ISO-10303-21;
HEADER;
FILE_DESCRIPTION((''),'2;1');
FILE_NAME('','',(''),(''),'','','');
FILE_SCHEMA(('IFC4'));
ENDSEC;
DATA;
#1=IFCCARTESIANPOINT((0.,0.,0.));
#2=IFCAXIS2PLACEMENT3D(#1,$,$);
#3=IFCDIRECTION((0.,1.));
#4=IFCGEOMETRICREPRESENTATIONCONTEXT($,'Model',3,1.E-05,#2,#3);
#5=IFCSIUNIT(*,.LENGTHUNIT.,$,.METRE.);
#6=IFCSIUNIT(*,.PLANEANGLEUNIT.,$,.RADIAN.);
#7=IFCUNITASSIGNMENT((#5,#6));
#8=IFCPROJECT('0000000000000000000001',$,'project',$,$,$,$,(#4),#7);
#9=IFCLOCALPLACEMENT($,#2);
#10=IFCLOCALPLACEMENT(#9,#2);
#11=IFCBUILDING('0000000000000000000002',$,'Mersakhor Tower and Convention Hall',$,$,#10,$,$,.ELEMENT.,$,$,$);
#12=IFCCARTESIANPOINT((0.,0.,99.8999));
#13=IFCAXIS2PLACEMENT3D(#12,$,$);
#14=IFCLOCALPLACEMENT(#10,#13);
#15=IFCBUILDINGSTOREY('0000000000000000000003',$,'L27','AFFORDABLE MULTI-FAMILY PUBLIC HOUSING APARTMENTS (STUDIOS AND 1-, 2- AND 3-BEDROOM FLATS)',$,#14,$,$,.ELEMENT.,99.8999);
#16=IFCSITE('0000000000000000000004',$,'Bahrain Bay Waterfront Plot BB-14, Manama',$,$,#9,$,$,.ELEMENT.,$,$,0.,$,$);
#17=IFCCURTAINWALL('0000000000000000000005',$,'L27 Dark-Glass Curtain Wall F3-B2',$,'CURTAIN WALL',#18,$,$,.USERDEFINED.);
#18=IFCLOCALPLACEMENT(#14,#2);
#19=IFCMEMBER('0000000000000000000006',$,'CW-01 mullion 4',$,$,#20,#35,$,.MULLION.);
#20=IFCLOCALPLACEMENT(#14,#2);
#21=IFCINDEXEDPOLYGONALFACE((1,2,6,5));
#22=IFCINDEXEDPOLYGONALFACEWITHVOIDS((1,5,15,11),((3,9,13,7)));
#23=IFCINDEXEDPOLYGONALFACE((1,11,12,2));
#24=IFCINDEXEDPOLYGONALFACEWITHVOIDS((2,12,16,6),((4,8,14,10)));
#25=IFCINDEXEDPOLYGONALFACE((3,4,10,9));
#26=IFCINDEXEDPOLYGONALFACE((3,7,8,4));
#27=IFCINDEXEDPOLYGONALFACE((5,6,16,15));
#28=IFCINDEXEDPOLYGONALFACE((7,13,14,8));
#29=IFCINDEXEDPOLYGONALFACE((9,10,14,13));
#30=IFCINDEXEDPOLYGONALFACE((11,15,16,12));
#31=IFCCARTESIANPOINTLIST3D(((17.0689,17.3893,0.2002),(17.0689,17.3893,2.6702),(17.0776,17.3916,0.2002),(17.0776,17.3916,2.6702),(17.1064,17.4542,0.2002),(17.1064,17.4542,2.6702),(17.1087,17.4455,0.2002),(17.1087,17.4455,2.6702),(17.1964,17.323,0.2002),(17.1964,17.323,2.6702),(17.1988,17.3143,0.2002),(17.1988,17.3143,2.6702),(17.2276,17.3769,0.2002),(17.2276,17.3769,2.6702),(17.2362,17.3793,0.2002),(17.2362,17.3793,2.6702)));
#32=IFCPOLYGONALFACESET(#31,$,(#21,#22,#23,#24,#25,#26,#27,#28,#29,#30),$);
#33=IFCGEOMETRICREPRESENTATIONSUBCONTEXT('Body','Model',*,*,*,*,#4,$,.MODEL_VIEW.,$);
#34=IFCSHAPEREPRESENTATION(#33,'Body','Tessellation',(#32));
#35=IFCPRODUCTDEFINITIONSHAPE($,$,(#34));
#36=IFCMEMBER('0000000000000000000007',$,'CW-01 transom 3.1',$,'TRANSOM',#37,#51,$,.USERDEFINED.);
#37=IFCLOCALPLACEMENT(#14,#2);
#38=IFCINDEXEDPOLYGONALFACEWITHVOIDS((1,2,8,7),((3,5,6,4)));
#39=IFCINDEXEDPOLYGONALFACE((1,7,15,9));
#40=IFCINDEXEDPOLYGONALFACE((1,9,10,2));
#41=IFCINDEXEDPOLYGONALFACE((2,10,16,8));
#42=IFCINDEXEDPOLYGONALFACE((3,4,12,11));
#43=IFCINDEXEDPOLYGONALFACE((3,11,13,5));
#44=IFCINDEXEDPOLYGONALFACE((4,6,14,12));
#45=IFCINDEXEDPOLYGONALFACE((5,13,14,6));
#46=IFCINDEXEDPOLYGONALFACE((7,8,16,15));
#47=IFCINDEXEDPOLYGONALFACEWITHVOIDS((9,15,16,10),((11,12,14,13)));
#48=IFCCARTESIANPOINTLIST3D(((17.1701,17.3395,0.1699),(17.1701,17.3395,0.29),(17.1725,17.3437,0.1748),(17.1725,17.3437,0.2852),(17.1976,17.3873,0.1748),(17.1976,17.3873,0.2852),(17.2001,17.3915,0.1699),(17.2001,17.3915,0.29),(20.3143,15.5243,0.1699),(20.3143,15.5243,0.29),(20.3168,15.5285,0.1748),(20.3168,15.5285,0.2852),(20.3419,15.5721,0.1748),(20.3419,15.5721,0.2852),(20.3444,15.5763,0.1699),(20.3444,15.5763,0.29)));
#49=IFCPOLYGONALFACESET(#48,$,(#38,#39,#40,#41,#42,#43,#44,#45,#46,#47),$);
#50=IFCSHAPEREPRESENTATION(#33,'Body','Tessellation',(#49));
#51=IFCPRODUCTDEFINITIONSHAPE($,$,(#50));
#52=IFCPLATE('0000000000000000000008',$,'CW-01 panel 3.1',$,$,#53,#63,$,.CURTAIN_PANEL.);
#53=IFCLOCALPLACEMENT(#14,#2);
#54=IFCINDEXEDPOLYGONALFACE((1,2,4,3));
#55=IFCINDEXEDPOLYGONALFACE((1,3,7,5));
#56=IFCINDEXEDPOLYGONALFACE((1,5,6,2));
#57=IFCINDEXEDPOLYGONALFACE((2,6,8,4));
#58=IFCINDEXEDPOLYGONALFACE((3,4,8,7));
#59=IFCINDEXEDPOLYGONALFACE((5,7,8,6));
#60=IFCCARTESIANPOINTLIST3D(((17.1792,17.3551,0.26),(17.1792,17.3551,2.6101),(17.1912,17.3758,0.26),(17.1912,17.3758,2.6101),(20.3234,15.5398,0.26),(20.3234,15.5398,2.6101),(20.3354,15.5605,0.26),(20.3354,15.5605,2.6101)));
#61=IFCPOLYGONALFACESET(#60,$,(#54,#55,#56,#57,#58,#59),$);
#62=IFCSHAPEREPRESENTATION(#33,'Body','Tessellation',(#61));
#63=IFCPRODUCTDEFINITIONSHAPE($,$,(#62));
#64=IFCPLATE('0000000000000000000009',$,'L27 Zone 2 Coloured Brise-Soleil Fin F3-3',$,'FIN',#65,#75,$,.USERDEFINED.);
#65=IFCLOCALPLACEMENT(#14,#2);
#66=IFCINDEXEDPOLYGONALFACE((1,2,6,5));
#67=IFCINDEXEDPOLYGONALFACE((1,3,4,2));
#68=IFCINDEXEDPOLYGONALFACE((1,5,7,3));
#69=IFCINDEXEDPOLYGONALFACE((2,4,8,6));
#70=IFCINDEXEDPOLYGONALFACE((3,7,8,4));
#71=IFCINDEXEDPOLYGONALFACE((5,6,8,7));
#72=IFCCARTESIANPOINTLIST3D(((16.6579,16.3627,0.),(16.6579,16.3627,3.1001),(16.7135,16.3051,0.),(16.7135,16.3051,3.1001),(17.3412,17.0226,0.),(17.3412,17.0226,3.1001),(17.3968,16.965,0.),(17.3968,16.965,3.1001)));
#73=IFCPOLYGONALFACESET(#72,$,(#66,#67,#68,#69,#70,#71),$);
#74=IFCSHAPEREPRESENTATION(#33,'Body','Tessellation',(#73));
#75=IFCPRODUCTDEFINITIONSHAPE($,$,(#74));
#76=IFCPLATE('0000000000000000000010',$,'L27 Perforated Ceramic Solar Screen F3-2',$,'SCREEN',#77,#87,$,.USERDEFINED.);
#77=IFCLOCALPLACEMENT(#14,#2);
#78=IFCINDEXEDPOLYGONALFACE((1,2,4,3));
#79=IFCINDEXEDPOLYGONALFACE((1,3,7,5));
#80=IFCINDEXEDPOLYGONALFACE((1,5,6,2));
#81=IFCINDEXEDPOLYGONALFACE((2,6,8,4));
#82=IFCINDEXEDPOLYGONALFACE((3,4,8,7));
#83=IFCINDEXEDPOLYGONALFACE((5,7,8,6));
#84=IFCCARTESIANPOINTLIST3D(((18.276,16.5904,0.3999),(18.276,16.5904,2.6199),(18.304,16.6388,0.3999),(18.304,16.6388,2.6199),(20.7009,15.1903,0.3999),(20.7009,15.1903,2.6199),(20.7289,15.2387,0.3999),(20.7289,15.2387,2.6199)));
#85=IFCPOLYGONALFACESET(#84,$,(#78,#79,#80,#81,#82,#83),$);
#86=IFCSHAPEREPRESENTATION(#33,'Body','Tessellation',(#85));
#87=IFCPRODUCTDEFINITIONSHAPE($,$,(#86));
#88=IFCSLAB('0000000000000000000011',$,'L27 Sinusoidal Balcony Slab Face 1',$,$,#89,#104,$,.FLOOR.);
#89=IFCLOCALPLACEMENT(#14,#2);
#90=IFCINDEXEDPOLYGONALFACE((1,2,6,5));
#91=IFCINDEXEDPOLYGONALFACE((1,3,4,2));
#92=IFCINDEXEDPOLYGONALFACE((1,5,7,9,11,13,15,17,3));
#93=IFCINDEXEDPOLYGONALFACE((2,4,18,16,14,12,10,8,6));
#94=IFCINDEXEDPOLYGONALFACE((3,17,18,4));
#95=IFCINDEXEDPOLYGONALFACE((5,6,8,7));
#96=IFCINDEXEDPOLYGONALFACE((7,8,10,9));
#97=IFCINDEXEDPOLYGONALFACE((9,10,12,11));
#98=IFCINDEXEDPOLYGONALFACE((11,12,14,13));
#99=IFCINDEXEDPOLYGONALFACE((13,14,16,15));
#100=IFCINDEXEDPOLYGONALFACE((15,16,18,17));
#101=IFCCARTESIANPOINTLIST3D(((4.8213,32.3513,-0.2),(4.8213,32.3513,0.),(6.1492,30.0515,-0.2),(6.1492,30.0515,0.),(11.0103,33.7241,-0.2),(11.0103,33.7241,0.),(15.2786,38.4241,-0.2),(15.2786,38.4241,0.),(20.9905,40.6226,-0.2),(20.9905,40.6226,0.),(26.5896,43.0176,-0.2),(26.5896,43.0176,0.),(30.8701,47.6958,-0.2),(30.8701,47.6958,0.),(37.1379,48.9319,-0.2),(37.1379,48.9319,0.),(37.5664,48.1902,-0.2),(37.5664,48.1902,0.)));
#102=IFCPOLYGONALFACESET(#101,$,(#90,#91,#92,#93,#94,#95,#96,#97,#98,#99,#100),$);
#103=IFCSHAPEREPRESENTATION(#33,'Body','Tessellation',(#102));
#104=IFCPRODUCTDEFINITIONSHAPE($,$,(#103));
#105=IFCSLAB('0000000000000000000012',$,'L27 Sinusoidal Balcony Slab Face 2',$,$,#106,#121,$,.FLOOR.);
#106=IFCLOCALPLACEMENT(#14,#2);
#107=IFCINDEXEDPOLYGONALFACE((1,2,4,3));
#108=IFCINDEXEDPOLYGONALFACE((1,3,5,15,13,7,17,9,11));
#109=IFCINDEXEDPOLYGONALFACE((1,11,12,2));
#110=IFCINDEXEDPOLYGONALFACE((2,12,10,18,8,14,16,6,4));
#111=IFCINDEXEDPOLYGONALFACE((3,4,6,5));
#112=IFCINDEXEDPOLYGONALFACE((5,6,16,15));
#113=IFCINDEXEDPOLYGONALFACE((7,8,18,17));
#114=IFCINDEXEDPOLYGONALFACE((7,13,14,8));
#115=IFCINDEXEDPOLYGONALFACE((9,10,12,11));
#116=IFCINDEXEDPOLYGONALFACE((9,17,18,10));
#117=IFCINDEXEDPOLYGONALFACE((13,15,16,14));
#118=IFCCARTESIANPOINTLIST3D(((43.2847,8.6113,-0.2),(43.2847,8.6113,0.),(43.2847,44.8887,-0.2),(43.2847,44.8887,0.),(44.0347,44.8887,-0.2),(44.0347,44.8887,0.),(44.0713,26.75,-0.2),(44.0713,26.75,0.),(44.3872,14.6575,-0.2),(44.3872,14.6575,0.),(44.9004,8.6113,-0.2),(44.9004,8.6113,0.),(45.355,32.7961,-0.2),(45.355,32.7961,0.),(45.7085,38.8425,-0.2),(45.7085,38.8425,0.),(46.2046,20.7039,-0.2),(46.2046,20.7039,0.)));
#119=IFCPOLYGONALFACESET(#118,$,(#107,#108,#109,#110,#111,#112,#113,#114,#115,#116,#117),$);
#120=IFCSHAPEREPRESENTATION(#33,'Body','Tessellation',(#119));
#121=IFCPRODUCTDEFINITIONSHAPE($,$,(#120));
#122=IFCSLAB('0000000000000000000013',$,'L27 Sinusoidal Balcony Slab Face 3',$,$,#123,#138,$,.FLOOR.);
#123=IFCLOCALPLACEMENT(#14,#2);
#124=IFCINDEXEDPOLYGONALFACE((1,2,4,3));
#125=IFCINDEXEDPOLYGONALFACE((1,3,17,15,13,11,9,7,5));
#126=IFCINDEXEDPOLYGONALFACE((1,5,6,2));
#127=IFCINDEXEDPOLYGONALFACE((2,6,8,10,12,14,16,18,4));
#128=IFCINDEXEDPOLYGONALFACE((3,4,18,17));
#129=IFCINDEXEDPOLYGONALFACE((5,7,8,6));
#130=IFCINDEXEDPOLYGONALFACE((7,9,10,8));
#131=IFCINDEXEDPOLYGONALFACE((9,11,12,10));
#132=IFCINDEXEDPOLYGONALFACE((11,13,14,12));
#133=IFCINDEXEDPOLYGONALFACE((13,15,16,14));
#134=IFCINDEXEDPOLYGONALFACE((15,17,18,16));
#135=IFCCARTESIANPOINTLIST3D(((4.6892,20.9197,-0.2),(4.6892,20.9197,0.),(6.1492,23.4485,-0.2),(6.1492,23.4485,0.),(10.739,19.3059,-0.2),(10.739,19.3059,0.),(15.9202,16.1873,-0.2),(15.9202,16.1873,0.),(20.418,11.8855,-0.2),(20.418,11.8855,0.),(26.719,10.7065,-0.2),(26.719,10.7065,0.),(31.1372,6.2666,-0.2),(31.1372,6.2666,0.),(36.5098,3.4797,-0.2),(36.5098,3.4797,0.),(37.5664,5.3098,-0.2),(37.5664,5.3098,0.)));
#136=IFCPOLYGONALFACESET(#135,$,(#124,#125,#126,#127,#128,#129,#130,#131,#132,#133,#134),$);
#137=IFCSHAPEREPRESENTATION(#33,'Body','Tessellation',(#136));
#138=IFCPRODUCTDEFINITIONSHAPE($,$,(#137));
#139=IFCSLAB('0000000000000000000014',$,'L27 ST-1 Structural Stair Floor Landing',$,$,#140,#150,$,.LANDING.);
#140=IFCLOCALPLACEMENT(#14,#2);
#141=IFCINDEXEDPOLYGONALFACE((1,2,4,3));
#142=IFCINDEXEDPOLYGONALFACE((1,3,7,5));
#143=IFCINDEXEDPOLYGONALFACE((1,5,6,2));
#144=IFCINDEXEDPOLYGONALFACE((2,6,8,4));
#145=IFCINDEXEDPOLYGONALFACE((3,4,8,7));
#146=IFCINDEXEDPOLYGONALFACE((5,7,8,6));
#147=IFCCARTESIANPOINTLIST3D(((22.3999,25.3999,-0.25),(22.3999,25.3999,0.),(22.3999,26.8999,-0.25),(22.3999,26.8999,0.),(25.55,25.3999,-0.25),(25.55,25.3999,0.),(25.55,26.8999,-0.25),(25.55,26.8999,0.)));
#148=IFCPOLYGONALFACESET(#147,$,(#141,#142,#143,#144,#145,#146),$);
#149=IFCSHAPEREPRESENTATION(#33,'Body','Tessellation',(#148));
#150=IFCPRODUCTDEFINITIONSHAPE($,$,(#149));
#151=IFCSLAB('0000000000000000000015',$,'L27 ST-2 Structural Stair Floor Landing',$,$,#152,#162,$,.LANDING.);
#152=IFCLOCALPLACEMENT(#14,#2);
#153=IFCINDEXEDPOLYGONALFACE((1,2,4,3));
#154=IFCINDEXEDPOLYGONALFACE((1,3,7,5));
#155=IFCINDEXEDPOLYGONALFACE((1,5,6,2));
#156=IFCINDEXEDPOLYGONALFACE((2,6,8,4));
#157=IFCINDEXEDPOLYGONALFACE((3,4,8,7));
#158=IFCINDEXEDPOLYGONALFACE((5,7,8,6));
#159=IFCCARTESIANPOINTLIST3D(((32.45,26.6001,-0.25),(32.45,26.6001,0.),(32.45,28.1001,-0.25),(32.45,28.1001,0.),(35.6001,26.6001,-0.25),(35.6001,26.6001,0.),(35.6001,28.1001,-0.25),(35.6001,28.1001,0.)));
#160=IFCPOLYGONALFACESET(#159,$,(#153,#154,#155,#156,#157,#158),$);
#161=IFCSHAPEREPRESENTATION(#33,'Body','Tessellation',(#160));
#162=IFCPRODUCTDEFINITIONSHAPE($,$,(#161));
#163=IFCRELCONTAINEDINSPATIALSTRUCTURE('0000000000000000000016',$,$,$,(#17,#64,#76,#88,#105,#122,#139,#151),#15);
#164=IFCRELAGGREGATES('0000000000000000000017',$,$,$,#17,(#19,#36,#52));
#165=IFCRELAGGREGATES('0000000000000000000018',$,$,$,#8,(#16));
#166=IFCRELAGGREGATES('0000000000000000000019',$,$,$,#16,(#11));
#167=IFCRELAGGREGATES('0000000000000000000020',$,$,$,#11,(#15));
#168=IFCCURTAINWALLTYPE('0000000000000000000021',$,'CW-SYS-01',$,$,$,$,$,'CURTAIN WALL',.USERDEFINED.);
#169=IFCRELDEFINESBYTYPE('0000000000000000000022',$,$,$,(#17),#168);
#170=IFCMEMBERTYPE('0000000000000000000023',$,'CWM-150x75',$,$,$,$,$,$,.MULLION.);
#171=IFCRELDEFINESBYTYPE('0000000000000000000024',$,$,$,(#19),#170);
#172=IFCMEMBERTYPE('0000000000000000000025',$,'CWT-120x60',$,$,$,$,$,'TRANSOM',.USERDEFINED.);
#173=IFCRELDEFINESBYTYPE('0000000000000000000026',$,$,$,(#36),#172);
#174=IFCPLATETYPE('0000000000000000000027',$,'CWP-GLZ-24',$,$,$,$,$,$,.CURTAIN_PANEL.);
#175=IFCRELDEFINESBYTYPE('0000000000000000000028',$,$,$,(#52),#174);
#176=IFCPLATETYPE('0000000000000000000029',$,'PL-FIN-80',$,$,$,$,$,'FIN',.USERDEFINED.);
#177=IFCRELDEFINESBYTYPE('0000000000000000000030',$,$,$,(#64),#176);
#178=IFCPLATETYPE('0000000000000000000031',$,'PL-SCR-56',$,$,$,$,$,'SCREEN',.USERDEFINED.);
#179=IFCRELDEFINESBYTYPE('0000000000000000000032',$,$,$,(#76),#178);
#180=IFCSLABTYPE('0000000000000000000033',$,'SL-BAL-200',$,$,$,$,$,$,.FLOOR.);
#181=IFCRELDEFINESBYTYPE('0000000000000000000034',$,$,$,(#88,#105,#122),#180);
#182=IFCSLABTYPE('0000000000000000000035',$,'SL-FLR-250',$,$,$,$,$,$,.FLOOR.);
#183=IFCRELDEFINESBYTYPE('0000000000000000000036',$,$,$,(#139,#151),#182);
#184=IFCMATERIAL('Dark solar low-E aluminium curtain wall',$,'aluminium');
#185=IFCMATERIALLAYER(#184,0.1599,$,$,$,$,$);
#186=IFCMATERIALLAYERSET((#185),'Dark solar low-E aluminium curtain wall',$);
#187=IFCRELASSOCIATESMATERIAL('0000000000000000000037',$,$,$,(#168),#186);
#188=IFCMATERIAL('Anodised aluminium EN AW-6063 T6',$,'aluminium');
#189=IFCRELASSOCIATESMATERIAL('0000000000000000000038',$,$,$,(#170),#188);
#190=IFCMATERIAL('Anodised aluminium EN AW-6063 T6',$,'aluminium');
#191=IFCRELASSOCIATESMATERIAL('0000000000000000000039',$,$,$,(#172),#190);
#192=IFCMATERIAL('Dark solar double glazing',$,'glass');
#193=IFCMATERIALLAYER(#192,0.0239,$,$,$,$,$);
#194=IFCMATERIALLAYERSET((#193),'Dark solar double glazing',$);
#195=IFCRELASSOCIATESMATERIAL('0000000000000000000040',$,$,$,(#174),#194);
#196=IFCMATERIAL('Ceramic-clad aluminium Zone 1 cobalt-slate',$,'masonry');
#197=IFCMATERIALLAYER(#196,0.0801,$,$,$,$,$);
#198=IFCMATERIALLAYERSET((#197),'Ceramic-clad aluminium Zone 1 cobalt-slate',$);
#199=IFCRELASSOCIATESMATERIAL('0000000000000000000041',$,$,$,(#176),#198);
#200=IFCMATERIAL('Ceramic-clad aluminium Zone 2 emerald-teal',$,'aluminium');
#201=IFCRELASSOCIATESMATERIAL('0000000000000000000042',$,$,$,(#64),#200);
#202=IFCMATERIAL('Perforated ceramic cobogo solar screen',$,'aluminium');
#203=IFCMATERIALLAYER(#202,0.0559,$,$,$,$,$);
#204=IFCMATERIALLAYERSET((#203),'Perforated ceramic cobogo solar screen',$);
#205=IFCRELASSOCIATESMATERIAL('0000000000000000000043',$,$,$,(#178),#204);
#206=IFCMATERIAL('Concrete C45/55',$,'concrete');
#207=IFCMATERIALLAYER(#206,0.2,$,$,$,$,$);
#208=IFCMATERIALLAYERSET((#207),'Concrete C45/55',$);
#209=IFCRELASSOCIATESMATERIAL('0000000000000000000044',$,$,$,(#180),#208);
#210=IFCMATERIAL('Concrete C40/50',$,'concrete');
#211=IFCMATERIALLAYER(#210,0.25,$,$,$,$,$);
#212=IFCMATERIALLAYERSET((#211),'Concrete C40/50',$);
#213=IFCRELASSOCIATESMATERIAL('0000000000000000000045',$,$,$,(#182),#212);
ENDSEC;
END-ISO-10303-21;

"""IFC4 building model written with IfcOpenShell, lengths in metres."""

from ifc_helpers import new_model, si_unit, direction, frame, origin, origin_2d, place, context, subcontext, project, spatial, polyline, rectangle, hollow_rectangle, outline, extrude, material, layer, layer_set, material_profile, profile_set, type_object, element, aggregate, save


model = new_model("IFC4")

# Units and contexts
model_context = context("Model", 3, precision=1e-05, world=origin(), true_north=direction((0.0, 1.0)))
body_context = subcontext(model_context, "Body", "Model", "MODEL_VIEW")
ifc_project = project(units=[si_unit("LENGTHUNIT", "METRE"), si_unit("PLANEANGLEUNIT", "RADIAN")], contexts=[model_context])

# Site, building, storey
site_placement = place(None, origin())
site = spatial("IfcSite", under=ifc_project, at=site_placement, Name="Bahrain Bay Waterfront Plot BB-14, Manama", CompositionType="ELEMENT", RefElevation=0.0)
building_placement = place(site_placement, origin())
building = spatial("IfcBuilding", under=site, at=building_placement, Name="Mersakhor Tower and Convention Hall", CompositionType="ELEMENT")
storey_placement = place(building_placement, frame((0.0, 0.0, 99.8999)))
storey = spatial("IfcBuildingStorey", under=building, at=storey_placement, Name="L27", Description="AFFORDABLE MULTI-FAMILY PUBLIC HOUSING APARTMENTS (STUDIOS AND 1-, 2- AND 3-BEDROOM FLATS)", CompositionType="ELEMENT", Elevation=99.8999)

# Curtain wall, members, plate
ifc_material_1 = material(Name="Dark solar low-E aluminium curtain wall", Category="aluminium")
ifc_layer_1 = layer(ifc_material_1, 0.1599)
ifc_layer_set_1 = layer_set([ifc_layer_1], Name="Dark solar low-E aluminium curtain wall")
curtain_wall_type = type_object("IfcCurtainWallType", Name="CW-SYS-01", ElementType="CURTAIN WALL", PredefinedType="USERDEFINED", material=ifc_layer_set_1)
curtain_wall_placement = place(storey_placement, origin())
curtain_wall = element("IfcCurtainWall", 1, at=curtain_wall_placement, inside=storey, type_object=curtain_wall_type, Name="L27 Dark-Glass Curtain Wall F3-B2", ObjectType="CURTAIN WALL", PredefinedType="USERDEFINED")
ifc_material_2 = material(Name="Anodised aluminium EN AW-6063 T6", Category="aluminium")
ifc_material_profile_1 = material_profile(ifc_material_2, hollow_rectangle(XDim=0.075, YDim=0.1499, WallThickness=0.0063, at=origin_2d()), Name="RHS 150x75x6.3")
ifc_profile_set_1 = profile_set([ifc_material_profile_1], Name="Anodised aluminium EN AW-6063 T6")
member_type_1 = type_object("IfcMemberType", Name="CWM-150x75", PredefinedType="MULLION", material=ifc_profile_set_1)
member_1_placement = place(storey_placement, frame((17.1526, 17.3843, 0.2002), z_axis=(0.0, 0.0, 1.0), x_axis=(-0.499998, -0.866027, 0.0)))
member_1 = element("IfcMember", 2, at=member_1_placement, type_object=member_type_1, Name="CW-01 mullion 4", PredefinedType="MULLION", context=body_context, shape_type="SweptSolid", body=[
    extrude(hollow_rectangle(XDim=0.075, YDim=0.1499, WallThickness=0.0063, at=origin_2d()), origin(), (0.0, 0.0, 1.0), 2.47),
])
ifc_material_3 = material(Name="Anodised aluminium EN AW-6063 T6", Category="aluminium")
ifc_material_profile_2 = material_profile(ifc_material_3, hollow_rectangle(XDim=0.0601, YDim=0.1201, WallThickness=0.0049, at=origin_2d()), Name="RHS 120x60x5")
ifc_profile_set_2 = profile_set([ifc_material_profile_2], Name="Anodised aluminium EN AW-6063 T6")
member_type_2 = type_object("IfcMemberType", Name="CWT-120x60", ElementType="TRANSOM", PredefinedType="USERDEFINED", material=ifc_profile_set_2)
member_2_placement = place(storey_placement, frame((20.3293, 15.5503, 0.23), z_axis=(-0.866046, 0.499965, 0.0), x_axis=(-0.499965, -0.866046, 0.0)))
member_2 = element("IfcMember", 3, at=member_2_placement, type_object=member_type_2, Name="CW-01 transom 3.1", ObjectType="TRANSOM", PredefinedType="USERDEFINED", context=body_context, shape_type="SweptSolid", body=[
    extrude(hollow_rectangle(XDim=0.0601, YDim=0.1201, WallThickness=0.0049, at=origin_2d()), origin(), (0.0, 0.0, 1.0), 3.6306),
])
ifc_material_4 = material(Name="Dark solar double glazing", Category="glass")
ifc_layer_2 = layer(ifc_material_4, 0.0239)
ifc_layer_set_2 = layer_set([ifc_layer_2], Name="Dark solar double glazing")
plate_type_1 = type_object("IfcPlateType", Name="CWP-GLZ-24", PredefinedType="CURTAIN_PANEL", material=ifc_layer_set_2)
plate_1_placement = place(storey_placement, frame((18.7573, 16.4578, 0.26), z_axis=(0.0, 0.0, 1.0), x_axis=(-0.866027, 0.499998, 0.0)))
plate_1 = element("IfcPlate", 4, at=plate_1_placement, type_object=plate_type_1, Name="CW-01 panel 3.1", PredefinedType="CURTAIN_PANEL", context=body_context, shape_type="SweptSolid", body=[
    extrude(rectangle(XDim=3.6306, YDim=0.0239, at=origin_2d()), origin(), (0.0, 0.0, 1.0), 2.3501),
])
aggregate(curtain_wall, [member_1, member_2, plate_1])

# Plates
ifc_material_5 = material(Name="Ceramic-clad aluminium Zone 2 emerald-teal", Category="aluminium")
ifc_material_6 = material(Name="Ceramic-clad aluminium Zone 1 cobalt-slate", Category="masonry")
ifc_layer_3 = layer(ifc_material_6, 0.0801)
ifc_layer_set_3 = layer_set([ifc_layer_3], Name="Ceramic-clad aluminium Zone 1 cobalt-slate")
plate_type_2 = type_object("IfcPlateType", Name="PL-FIN-80", ElementType="FIN", PredefinedType="USERDEFINED", material=ifc_layer_set_3)
plate_2_placement = place(storey_placement, frame((17.0273, 16.6638, 0.0), z_axis=(0.0, 0.0, 1.0), x_axis=(-0.71934, -0.694658, 0.0)))
element("IfcPlate", 5, at=plate_2_placement, inside=storey, type_object=plate_type_2, material=ifc_material_5, Name="L27 Zone 2 Coloured Brise-Soleil Fin F3-3", ObjectType="FIN", PredefinedType="USERDEFINED", context=body_context, shape_type="SweptSolid", body=[
    extrude(rectangle(XDim=0.95, YDim=0.0801, at=origin_2d()), origin(), (0.0, 0.0, 1.0), 3.1001),
])
ifc_material_7 = material(Name="Perforated ceramic cobogo solar screen", Category="aluminium")
ifc_layer_4 = layer(ifc_material_7, 0.0559)
ifc_layer_set_4 = layer_set([ifc_layer_4], Name="Perforated ceramic cobogo solar screen")
plate_type_3 = type_object("IfcPlateType", Name="PL-SCR-56", ElementType="SCREEN", PredefinedType="USERDEFINED", material=ifc_layer_set_4)
plate_3_placement = place(storey_placement, frame((19.5024, 15.9146, 0.3999), z_axis=(0.0, 0.0, 1.0), x_axis=(-0.866025, 0.5, 0.0)))
element("IfcPlate", 6, at=plate_3_placement, inside=storey, type_object=plate_type_3, Name="L27 Perforated Ceramic Solar Screen F3-2", ObjectType="SCREEN", PredefinedType="USERDEFINED", context=body_context, shape_type="SweptSolid", body=[
    extrude(rectangle(XDim=2.8, YDim=0.0559, at=origin_2d()), origin(), (0.0, 0.0, 1.0), 2.22),
])

# Slabs
ifc_material_8 = material(Name="Concrete C45/55", Category="concrete")
ifc_layer_5 = layer(ifc_material_8, 0.2)
ifc_layer_set_5 = layer_set([ifc_layer_5], Name="Concrete C45/55")
slab_type_1 = type_object("IfcSlabType", Name="SL-BAL-200", PredefinedType="FLOOR", material=ifc_layer_set_5)
slab_1_placement = place(storey_placement, frame((0.0, 0.0, -0.2)))
element("IfcSlab", 7, at=slab_1_placement, inside=storey, type_object=slab_type_1, Name="L27 Sinusoidal Balcony Slab Face 1", PredefinedType="FLOOR", context=body_context, shape_type="SweptSolid", body=[
    extrude(outline(polyline([(6.1492, 30.0515), (37.5664, 48.1902), (37.1379, 48.9319), (30.8701, 47.6958), (26.5896, 43.0176), (20.9905, 40.6226), (15.2786, 38.4241), (11.0103, 33.7241), (4.8213, 32.3513), (6.1492, 30.0515)])), origin(), (0.0, 0.0, 1.0), 0.2),
])
slab_2_placement = place(storey_placement, frame((0.0, 0.0, -0.2)))
element("IfcSlab", 8, at=slab_2_placement, inside=storey, type_object=slab_type_1, Name="L27 Sinusoidal Balcony Slab Face 2", PredefinedType="FLOOR", context=body_context, shape_type="SweptSolid", body=[
    extrude(outline(polyline([(43.2847, 44.8887), (43.2847, 8.6113), (44.9004, 8.6113), (44.3872, 14.6575), (46.2046, 20.7039), (44.0713, 26.75), (45.355, 32.7961), (45.7085, 38.8425), (44.0347, 44.8887), (43.2847, 44.8887)])), origin(), (0.0, 0.0, 1.0), 0.2),
])
slab_3_placement = place(storey_placement, frame((0.0, 0.0, -0.2)))
element("IfcSlab", 9, at=slab_3_placement, inside=storey, type_object=slab_type_1, Name="L27 Sinusoidal Balcony Slab Face 3", PredefinedType="FLOOR", context=body_context, shape_type="SweptSolid", body=[
    extrude(outline(polyline([(37.5664, 5.3098), (6.1492, 23.4485), (4.6892, 20.9197), (10.739, 19.3059), (15.9202, 16.1873), (20.418, 11.8855), (26.719, 10.7065), (31.1372, 6.2666), (36.5098, 3.4797), (37.5664, 5.3098)])), origin(), (0.0, 0.0, 1.0), 0.2),
])
ifc_material_9 = material(Name="Concrete C40/50", Category="concrete")
ifc_layer_6 = layer(ifc_material_9, 0.25)
ifc_layer_set_6 = layer_set([ifc_layer_6], Name="Concrete C40/50")
slab_type_2 = type_object("IfcSlabType", Name="SL-FLR-250", PredefinedType="FLOOR", material=ifc_layer_set_6)
slab_4_placement = place(storey_placement, frame((0.0, 0.0, -0.25)))
element("IfcSlab", 10, at=slab_4_placement, inside=storey, type_object=slab_type_2, Name="L27 ST-1 Structural Stair Floor Landing", PredefinedType="LANDING", context=body_context, shape_type="SweptSolid", body=[
    extrude(outline(polyline([(25.55, 25.3999), (25.55, 26.8999), (22.3999, 26.8999), (22.3999, 25.3999), (25.55, 25.3999)])), origin(), (0.0, 0.0, 1.0), 0.25),
])
slab_5_placement = place(storey_placement, frame((0.0, 0.0, -0.25)))
element("IfcSlab", 11, at=slab_5_placement, inside=storey, type_object=slab_type_2, Name="L27 ST-2 Structural Stair Floor Landing", PredefinedType="LANDING", context=body_context, shape_type="SweptSolid", body=[
    extrude(outline(polyline([(32.45, 28.1001), (32.45, 26.6001), (35.6001, 26.6001), (35.6001, 28.1001), (32.45, 28.1001)])), origin(), (0.0, 0.0, 1.0), 0.25),
])

save(model, "model.ifc")
